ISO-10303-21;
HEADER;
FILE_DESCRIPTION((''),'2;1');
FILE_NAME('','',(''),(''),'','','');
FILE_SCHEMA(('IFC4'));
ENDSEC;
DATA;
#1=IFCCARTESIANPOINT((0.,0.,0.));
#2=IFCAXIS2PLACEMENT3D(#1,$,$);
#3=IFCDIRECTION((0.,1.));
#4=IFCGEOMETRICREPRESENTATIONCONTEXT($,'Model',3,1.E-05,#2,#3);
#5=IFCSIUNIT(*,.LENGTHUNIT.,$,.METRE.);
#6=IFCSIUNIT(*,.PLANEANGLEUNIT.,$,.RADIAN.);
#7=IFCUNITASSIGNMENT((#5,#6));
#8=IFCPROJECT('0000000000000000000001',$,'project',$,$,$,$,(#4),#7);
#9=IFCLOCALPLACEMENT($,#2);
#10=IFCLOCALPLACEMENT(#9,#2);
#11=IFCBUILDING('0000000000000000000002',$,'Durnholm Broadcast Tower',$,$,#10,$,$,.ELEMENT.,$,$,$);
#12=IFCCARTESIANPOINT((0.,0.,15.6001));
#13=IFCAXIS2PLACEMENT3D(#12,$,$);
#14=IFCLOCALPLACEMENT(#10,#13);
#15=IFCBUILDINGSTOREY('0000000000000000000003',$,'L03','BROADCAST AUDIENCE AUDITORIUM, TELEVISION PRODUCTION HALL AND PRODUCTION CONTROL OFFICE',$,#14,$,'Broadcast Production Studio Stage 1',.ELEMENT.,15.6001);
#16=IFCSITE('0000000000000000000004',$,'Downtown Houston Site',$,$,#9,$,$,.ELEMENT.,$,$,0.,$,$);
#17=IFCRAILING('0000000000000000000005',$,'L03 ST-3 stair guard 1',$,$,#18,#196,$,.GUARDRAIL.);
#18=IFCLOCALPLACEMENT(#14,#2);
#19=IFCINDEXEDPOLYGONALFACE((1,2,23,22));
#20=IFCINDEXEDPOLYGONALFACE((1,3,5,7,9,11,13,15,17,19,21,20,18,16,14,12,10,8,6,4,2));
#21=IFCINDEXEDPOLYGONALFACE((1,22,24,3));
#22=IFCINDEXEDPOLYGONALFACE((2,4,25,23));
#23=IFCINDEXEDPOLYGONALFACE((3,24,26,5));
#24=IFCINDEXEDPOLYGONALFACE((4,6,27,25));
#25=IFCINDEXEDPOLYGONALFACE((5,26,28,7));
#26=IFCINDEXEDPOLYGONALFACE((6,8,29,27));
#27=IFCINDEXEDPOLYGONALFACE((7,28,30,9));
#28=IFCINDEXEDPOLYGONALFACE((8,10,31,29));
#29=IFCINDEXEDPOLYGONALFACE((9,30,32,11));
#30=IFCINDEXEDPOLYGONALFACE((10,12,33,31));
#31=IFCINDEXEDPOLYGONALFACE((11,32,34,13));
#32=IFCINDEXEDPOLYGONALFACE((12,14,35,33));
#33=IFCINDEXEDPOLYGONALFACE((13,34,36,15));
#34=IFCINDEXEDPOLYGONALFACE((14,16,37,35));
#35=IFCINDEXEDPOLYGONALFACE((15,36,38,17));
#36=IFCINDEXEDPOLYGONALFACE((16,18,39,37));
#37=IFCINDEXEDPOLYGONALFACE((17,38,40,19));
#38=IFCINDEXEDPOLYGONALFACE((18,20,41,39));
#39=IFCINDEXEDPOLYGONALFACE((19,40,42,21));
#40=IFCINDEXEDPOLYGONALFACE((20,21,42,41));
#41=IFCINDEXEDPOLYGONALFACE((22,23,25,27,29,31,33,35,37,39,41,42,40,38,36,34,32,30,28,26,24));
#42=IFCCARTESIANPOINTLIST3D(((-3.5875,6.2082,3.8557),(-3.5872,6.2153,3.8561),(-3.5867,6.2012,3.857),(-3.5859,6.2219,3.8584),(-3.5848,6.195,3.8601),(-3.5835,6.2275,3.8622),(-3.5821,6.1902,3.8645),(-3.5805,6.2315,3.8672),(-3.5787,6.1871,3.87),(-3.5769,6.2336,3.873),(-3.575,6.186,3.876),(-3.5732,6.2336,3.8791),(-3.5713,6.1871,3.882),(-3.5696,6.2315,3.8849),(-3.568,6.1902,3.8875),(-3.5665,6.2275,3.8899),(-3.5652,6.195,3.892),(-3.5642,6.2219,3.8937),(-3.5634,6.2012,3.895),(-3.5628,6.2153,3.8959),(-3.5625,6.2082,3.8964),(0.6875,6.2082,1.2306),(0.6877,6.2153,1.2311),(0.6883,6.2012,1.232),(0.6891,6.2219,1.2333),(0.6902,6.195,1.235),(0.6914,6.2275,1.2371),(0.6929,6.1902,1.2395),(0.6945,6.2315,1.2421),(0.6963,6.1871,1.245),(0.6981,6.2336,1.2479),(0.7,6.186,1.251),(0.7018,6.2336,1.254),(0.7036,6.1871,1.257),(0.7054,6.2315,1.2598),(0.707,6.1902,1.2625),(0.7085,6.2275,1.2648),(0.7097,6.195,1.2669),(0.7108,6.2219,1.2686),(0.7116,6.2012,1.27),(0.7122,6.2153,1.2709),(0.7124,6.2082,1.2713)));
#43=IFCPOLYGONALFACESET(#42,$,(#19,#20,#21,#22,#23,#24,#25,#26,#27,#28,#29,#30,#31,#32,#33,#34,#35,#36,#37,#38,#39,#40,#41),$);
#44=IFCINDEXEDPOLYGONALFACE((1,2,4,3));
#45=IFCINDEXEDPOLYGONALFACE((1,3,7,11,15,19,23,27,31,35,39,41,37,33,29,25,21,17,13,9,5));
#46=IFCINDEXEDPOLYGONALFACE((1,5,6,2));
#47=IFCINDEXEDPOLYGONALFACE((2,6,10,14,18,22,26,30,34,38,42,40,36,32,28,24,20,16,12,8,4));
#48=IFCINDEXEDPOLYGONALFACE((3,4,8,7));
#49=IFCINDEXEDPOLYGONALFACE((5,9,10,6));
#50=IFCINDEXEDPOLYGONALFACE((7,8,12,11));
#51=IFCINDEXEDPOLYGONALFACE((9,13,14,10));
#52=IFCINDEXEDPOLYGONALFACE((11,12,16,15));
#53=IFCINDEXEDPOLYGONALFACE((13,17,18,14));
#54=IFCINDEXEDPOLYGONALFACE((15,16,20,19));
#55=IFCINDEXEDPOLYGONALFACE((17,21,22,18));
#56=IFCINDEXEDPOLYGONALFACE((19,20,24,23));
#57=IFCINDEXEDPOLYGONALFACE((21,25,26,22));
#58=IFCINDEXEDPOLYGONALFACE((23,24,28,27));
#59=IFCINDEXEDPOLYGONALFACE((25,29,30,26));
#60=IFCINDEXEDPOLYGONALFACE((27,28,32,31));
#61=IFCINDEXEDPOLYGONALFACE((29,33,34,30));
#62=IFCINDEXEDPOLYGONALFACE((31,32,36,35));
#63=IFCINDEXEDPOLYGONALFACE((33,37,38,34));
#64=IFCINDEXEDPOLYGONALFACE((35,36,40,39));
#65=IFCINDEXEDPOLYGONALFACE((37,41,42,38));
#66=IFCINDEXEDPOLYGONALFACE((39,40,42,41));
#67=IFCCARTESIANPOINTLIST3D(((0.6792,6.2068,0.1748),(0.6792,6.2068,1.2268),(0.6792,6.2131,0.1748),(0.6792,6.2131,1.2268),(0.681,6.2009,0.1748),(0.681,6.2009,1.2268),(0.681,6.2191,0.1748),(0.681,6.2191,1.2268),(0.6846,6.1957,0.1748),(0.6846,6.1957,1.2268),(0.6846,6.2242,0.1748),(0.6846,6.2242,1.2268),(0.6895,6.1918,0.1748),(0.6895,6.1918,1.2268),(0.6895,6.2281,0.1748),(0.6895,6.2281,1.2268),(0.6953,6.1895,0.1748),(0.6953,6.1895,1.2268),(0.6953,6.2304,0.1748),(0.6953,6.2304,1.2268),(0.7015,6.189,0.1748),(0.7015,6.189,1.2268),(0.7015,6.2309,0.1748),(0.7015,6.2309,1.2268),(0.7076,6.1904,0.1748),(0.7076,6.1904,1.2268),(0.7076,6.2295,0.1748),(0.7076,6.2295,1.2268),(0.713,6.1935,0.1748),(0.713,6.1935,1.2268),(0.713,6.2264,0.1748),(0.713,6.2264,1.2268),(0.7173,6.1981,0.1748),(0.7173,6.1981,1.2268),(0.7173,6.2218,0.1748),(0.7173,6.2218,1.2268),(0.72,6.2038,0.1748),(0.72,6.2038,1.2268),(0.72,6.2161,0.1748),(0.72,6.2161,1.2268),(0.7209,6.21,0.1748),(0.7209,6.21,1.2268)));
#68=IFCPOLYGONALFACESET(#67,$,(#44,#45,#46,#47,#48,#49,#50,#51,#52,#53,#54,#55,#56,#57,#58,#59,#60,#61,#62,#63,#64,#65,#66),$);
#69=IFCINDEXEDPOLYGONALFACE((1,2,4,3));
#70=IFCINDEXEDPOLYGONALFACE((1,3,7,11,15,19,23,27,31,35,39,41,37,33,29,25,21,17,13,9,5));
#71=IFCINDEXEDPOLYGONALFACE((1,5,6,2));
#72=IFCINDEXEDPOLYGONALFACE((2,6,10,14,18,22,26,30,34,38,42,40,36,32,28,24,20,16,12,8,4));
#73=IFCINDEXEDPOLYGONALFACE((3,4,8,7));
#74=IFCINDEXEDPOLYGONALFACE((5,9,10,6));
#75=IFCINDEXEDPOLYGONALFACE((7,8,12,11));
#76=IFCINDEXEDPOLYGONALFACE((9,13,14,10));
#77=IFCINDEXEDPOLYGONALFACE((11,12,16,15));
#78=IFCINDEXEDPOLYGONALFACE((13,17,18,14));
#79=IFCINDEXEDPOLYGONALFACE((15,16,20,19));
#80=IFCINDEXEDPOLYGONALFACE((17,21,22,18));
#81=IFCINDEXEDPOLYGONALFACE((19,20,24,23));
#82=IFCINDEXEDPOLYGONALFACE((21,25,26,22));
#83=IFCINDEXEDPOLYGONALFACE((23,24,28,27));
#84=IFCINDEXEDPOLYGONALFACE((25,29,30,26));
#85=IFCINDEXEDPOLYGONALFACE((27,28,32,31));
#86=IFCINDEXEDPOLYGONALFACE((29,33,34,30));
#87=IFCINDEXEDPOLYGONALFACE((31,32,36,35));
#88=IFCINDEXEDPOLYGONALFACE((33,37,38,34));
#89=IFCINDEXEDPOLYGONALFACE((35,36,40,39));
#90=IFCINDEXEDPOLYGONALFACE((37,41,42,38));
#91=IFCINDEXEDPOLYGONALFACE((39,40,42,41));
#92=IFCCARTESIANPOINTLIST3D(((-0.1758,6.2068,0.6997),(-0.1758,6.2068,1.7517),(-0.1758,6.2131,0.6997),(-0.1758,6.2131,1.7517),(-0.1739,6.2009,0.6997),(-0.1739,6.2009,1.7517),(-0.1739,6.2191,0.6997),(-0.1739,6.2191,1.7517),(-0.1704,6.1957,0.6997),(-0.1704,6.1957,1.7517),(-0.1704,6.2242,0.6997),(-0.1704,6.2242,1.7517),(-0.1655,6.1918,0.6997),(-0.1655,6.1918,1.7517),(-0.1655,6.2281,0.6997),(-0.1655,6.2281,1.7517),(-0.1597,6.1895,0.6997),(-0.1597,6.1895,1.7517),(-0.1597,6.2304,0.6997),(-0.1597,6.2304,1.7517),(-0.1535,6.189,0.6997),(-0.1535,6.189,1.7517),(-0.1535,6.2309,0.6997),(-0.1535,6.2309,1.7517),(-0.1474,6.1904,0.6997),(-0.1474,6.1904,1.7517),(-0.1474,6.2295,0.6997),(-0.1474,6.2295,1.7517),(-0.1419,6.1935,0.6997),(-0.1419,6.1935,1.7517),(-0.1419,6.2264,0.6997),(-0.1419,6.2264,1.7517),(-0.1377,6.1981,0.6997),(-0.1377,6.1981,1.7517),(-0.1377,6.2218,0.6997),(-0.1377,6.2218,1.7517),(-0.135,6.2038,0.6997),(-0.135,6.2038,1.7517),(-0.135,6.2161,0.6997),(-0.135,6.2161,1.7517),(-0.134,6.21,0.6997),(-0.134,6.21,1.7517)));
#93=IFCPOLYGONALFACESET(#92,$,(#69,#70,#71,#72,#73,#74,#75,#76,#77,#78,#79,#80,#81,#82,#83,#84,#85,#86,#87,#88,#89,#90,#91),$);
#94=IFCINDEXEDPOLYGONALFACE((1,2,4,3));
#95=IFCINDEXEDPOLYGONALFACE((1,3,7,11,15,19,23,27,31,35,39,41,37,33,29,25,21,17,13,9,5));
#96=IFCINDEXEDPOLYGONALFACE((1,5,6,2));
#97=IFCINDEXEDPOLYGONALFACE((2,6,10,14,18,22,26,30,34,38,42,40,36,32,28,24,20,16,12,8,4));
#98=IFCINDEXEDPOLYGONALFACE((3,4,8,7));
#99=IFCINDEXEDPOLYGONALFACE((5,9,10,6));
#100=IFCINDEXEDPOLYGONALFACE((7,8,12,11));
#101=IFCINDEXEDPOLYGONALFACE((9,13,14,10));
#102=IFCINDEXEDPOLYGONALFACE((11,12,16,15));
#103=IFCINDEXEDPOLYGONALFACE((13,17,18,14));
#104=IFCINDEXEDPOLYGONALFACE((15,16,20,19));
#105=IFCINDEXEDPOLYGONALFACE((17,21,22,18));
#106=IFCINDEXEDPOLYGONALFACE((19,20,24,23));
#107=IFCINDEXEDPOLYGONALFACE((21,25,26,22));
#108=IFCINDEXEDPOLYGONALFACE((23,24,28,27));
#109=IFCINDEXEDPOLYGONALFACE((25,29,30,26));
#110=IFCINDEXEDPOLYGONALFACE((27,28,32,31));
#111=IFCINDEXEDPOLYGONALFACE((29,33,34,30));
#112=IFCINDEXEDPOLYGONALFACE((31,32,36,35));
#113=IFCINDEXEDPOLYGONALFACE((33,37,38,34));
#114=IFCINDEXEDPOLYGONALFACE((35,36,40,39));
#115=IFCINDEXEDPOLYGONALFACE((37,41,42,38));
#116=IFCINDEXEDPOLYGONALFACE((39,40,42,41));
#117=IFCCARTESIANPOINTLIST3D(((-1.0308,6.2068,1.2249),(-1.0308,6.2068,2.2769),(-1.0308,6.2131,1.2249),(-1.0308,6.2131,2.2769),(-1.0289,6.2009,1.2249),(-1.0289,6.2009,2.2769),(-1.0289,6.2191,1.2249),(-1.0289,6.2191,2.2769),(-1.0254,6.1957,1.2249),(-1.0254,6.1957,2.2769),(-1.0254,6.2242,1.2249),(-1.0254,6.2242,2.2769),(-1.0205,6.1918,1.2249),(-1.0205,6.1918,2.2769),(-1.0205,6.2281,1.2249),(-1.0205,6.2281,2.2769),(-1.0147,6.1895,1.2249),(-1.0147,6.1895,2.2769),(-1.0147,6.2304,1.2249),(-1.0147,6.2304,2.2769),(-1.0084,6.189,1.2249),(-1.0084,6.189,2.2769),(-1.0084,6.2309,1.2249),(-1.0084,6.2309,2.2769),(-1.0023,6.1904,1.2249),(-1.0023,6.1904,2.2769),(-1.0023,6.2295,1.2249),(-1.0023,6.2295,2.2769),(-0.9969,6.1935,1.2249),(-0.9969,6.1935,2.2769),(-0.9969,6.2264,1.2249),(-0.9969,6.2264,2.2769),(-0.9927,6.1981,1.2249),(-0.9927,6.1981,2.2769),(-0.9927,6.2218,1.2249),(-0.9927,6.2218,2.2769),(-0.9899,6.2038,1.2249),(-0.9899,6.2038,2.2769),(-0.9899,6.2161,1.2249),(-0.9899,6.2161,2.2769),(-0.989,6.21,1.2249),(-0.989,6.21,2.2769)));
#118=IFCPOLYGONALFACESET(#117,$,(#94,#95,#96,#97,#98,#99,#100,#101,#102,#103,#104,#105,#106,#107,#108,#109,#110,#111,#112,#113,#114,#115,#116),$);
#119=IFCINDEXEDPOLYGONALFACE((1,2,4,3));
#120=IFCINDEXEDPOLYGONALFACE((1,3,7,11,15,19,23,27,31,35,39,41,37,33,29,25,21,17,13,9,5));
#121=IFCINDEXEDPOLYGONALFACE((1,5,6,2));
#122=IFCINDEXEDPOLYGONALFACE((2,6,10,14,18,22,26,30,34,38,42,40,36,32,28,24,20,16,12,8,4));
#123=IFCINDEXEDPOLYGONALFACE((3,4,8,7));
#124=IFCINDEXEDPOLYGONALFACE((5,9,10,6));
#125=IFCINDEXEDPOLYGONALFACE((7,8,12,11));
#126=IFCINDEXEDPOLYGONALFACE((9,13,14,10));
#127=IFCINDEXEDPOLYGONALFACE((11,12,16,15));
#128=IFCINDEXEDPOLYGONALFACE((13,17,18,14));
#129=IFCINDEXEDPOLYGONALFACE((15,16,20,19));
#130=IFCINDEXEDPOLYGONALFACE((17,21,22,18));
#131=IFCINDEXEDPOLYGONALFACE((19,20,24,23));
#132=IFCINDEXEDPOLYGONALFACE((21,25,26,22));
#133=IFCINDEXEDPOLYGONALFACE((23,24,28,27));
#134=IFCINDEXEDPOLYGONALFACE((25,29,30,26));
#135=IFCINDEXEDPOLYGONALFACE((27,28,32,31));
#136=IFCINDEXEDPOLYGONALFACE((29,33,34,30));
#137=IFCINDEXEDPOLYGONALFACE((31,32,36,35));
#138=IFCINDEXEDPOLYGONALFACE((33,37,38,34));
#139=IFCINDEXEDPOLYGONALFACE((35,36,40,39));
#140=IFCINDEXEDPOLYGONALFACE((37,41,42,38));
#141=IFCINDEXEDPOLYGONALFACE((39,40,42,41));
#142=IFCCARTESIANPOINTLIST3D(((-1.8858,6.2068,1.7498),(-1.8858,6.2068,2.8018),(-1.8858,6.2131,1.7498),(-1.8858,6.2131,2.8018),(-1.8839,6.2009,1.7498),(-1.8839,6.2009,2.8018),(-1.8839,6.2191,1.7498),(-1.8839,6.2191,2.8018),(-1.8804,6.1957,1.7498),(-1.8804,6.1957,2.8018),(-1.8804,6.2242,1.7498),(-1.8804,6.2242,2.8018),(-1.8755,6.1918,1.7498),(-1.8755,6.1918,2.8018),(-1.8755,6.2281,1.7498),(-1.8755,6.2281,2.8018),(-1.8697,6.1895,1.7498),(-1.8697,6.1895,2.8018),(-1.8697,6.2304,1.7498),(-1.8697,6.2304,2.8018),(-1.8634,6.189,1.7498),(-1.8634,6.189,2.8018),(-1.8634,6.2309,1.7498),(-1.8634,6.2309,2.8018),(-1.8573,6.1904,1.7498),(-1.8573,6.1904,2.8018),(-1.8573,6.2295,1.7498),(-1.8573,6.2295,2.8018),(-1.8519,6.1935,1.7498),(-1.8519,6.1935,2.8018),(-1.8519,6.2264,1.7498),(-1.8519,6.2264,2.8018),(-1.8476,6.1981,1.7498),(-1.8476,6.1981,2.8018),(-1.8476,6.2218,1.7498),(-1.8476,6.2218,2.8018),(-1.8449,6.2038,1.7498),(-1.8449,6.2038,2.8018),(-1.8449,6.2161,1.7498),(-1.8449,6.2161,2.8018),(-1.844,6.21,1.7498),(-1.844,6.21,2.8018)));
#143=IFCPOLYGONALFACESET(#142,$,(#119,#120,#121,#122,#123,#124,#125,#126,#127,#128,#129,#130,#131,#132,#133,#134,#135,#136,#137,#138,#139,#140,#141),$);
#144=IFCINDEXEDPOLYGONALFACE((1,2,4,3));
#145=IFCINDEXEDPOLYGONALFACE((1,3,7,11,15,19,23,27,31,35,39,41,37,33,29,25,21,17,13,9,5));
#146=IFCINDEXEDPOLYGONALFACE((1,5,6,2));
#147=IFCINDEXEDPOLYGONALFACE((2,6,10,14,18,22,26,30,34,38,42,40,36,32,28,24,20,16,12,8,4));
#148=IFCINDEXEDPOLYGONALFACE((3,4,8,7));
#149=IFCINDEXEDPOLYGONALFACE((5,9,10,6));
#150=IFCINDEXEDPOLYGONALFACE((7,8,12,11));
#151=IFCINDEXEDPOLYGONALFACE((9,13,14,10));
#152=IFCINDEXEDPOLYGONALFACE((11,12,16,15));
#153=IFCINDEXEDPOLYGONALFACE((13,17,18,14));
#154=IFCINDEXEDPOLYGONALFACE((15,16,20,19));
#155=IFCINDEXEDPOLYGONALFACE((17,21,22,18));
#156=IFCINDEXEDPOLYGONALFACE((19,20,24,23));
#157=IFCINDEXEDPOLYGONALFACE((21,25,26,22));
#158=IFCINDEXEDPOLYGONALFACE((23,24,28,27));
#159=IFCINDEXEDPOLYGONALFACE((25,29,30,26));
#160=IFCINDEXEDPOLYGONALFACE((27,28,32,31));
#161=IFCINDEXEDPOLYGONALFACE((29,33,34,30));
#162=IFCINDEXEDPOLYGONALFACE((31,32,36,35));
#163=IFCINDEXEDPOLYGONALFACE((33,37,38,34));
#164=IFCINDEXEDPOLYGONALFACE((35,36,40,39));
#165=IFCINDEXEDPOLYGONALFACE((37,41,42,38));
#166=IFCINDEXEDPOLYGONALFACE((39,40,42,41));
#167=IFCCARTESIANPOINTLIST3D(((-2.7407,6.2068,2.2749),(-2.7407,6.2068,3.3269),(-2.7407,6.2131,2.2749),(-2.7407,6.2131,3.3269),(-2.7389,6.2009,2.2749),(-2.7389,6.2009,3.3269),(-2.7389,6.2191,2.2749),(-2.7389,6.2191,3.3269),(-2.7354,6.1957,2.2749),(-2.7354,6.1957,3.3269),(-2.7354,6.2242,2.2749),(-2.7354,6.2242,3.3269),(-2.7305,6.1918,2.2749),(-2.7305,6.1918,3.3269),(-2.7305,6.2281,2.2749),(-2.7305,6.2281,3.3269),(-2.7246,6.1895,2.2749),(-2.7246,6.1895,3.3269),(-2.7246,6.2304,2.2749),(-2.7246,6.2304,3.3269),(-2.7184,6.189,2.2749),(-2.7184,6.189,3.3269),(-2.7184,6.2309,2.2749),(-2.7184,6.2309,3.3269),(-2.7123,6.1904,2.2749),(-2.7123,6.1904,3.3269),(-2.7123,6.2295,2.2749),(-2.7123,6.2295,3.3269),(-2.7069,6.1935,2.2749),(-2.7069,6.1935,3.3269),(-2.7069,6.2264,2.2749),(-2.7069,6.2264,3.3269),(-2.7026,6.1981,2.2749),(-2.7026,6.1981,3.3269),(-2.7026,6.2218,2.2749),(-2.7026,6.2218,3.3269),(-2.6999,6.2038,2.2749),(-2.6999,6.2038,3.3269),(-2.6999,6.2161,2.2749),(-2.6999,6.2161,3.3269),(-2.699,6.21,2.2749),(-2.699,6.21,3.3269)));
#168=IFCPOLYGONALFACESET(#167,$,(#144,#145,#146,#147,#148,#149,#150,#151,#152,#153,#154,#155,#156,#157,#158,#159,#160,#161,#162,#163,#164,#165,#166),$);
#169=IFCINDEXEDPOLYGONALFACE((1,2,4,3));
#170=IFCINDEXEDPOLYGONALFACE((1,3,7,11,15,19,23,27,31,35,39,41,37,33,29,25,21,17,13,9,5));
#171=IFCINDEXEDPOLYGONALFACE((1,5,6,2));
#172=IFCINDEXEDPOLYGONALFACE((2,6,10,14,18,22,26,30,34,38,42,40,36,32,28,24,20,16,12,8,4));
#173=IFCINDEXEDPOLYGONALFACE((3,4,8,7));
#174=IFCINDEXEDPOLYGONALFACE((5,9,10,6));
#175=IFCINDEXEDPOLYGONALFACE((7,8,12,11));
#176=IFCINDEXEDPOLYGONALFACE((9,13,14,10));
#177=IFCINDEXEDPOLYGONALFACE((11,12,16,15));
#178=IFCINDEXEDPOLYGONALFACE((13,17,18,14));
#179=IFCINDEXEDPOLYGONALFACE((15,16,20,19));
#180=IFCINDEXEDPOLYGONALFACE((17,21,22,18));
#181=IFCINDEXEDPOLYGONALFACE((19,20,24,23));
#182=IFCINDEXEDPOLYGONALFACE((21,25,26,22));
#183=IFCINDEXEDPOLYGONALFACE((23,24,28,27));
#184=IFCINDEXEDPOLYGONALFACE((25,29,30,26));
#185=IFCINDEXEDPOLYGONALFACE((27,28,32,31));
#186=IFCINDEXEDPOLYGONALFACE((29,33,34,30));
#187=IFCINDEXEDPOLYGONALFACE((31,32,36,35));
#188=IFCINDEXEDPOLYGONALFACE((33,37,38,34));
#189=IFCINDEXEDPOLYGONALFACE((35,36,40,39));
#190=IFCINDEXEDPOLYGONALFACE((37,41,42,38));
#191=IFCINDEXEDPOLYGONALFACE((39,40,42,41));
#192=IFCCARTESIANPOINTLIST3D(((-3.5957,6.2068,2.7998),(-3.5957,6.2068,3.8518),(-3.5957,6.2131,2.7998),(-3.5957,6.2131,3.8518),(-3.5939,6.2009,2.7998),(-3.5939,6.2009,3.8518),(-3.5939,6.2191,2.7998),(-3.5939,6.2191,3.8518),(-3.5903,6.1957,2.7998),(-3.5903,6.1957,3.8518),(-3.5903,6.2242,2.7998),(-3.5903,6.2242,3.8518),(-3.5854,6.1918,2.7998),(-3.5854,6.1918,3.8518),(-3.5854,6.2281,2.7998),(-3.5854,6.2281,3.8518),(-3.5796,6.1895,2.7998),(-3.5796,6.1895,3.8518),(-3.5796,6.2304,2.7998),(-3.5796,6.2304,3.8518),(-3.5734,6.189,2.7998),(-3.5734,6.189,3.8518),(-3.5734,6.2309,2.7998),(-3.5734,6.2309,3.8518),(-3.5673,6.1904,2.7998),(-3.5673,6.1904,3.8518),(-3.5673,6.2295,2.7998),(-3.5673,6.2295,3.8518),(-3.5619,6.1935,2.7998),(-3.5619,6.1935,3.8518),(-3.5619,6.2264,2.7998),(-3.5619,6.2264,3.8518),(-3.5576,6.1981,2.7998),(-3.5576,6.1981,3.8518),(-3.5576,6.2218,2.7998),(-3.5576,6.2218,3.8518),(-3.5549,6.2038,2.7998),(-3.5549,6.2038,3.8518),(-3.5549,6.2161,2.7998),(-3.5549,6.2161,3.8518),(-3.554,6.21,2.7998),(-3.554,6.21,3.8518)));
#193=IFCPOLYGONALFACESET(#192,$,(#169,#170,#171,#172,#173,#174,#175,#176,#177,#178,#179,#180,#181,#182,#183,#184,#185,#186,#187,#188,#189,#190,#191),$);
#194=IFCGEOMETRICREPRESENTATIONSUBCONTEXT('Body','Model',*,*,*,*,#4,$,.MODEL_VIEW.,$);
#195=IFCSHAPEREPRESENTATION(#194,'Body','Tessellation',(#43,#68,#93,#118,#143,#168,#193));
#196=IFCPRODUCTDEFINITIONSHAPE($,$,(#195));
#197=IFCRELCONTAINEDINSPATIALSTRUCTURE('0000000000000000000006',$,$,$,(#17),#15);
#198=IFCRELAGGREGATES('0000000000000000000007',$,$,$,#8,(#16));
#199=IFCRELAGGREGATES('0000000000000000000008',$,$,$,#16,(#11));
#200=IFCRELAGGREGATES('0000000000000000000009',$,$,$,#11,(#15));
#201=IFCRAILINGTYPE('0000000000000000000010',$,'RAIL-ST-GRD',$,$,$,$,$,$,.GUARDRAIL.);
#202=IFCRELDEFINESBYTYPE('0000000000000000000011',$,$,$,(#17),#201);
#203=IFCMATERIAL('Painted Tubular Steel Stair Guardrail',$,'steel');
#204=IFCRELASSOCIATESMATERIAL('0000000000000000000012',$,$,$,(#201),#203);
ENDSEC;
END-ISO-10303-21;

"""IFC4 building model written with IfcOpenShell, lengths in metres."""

from ifc_helpers import new_model, si_unit, direction, frame, origin, origin_2d, place, context, subcontext, project, spatial, circle, extrude, material, type_object, element, save


model = new_model("IFC4")

# Units and contexts
model_context = context("Model", 3, precision=1e-05, world=origin(), true_north=direction((0.0, 1.0)))
body_context = subcontext(model_context, "Body", "Model", "MODEL_VIEW")
ifc_project = project(units=[si_unit("LENGTHUNIT", "METRE"), si_unit("PLANEANGLEUNIT", "RADIAN")], contexts=[model_context])

# Site, building, storey
site_placement = place(None, origin())
site = spatial("IfcSite", under=ifc_project, at=site_placement, Name="Downtown Houston Site", CompositionType="ELEMENT", RefElevation=0.0)
building_placement = place(site_placement, origin())
building = spatial("IfcBuilding", under=site, at=building_placement, Name="Durnholm Broadcast Tower", CompositionType="ELEMENT")
storey_placement = place(building_placement, frame((0.0, 0.0, 15.6001)))
storey = spatial("IfcBuildingStorey", under=building, at=storey_placement, Name="L03", Description="BROADCAST AUDIENCE AUDITORIUM, TELEVISION PRODUCTION HALL AND PRODUCTION CONTROL OFFICE", LongName="Broadcast Production Studio Stage 1", CompositionType="ELEMENT", Elevation=15.6001)

# Railing
ifc_material_1 = material(Name="Painted Tubular Steel Stair Guardrail", Category="steel")
railing_type_1 = type_object("IfcRailingType", Name="RAIL-ST-GRD", PredefinedType="GUARDRAIL", material=ifc_material_1)
railing_1_placement = place(storey_placement, frame((0.7, 6.21, 0.1748)))
element("IfcRailing", 1, at=railing_1_placement, inside=storey, type_object=railing_type_1, Name="L03 ST-3 stair guard 1", PredefinedType="GUARDRAIL", context=body_context, shape_type="SweptSolid", body=[
    extrude(circle(Radius=0.0239, at=origin_2d()), frame((0.0, 0.0, 1.0762), z_axis=(-0.852166, 0.0, 0.523272), x_axis=(0.0, -1.0, 0.0)), (0.0, 0.0, 1.0), 5.0166),
    extrude(circle(Radius=0.021, at=origin_2d()), origin(), (0.0, 0.0, 1.0), 1.052),
    extrude(circle(Radius=0.021, at=origin_2d()), frame((-0.855, 0.0, 0.5249)), (0.0, 0.0, 1.0), 1.052),
    extrude(circle(Radius=0.021, at=origin_2d()), frame((-1.71, 0.0, 1.05)), (0.0, 0.0, 1.0), 1.052),
    extrude(circle(Radius=0.021, at=origin_2d()), frame((-2.5649, 0.0, 1.575)), (0.0, 0.0, 1.0), 1.052),
    extrude(circle(Radius=0.021, at=origin_2d()), frame((-3.4199, 0.0, 2.1001)), (0.0, 0.0, 1.0), 1.052),
    extrude(circle(Radius=0.021, at=origin_2d()), frame((-4.2749, 0.0, 2.625)), (0.0, 0.0, 1.0), 1.052),
])

save(model, "model.ifc")
